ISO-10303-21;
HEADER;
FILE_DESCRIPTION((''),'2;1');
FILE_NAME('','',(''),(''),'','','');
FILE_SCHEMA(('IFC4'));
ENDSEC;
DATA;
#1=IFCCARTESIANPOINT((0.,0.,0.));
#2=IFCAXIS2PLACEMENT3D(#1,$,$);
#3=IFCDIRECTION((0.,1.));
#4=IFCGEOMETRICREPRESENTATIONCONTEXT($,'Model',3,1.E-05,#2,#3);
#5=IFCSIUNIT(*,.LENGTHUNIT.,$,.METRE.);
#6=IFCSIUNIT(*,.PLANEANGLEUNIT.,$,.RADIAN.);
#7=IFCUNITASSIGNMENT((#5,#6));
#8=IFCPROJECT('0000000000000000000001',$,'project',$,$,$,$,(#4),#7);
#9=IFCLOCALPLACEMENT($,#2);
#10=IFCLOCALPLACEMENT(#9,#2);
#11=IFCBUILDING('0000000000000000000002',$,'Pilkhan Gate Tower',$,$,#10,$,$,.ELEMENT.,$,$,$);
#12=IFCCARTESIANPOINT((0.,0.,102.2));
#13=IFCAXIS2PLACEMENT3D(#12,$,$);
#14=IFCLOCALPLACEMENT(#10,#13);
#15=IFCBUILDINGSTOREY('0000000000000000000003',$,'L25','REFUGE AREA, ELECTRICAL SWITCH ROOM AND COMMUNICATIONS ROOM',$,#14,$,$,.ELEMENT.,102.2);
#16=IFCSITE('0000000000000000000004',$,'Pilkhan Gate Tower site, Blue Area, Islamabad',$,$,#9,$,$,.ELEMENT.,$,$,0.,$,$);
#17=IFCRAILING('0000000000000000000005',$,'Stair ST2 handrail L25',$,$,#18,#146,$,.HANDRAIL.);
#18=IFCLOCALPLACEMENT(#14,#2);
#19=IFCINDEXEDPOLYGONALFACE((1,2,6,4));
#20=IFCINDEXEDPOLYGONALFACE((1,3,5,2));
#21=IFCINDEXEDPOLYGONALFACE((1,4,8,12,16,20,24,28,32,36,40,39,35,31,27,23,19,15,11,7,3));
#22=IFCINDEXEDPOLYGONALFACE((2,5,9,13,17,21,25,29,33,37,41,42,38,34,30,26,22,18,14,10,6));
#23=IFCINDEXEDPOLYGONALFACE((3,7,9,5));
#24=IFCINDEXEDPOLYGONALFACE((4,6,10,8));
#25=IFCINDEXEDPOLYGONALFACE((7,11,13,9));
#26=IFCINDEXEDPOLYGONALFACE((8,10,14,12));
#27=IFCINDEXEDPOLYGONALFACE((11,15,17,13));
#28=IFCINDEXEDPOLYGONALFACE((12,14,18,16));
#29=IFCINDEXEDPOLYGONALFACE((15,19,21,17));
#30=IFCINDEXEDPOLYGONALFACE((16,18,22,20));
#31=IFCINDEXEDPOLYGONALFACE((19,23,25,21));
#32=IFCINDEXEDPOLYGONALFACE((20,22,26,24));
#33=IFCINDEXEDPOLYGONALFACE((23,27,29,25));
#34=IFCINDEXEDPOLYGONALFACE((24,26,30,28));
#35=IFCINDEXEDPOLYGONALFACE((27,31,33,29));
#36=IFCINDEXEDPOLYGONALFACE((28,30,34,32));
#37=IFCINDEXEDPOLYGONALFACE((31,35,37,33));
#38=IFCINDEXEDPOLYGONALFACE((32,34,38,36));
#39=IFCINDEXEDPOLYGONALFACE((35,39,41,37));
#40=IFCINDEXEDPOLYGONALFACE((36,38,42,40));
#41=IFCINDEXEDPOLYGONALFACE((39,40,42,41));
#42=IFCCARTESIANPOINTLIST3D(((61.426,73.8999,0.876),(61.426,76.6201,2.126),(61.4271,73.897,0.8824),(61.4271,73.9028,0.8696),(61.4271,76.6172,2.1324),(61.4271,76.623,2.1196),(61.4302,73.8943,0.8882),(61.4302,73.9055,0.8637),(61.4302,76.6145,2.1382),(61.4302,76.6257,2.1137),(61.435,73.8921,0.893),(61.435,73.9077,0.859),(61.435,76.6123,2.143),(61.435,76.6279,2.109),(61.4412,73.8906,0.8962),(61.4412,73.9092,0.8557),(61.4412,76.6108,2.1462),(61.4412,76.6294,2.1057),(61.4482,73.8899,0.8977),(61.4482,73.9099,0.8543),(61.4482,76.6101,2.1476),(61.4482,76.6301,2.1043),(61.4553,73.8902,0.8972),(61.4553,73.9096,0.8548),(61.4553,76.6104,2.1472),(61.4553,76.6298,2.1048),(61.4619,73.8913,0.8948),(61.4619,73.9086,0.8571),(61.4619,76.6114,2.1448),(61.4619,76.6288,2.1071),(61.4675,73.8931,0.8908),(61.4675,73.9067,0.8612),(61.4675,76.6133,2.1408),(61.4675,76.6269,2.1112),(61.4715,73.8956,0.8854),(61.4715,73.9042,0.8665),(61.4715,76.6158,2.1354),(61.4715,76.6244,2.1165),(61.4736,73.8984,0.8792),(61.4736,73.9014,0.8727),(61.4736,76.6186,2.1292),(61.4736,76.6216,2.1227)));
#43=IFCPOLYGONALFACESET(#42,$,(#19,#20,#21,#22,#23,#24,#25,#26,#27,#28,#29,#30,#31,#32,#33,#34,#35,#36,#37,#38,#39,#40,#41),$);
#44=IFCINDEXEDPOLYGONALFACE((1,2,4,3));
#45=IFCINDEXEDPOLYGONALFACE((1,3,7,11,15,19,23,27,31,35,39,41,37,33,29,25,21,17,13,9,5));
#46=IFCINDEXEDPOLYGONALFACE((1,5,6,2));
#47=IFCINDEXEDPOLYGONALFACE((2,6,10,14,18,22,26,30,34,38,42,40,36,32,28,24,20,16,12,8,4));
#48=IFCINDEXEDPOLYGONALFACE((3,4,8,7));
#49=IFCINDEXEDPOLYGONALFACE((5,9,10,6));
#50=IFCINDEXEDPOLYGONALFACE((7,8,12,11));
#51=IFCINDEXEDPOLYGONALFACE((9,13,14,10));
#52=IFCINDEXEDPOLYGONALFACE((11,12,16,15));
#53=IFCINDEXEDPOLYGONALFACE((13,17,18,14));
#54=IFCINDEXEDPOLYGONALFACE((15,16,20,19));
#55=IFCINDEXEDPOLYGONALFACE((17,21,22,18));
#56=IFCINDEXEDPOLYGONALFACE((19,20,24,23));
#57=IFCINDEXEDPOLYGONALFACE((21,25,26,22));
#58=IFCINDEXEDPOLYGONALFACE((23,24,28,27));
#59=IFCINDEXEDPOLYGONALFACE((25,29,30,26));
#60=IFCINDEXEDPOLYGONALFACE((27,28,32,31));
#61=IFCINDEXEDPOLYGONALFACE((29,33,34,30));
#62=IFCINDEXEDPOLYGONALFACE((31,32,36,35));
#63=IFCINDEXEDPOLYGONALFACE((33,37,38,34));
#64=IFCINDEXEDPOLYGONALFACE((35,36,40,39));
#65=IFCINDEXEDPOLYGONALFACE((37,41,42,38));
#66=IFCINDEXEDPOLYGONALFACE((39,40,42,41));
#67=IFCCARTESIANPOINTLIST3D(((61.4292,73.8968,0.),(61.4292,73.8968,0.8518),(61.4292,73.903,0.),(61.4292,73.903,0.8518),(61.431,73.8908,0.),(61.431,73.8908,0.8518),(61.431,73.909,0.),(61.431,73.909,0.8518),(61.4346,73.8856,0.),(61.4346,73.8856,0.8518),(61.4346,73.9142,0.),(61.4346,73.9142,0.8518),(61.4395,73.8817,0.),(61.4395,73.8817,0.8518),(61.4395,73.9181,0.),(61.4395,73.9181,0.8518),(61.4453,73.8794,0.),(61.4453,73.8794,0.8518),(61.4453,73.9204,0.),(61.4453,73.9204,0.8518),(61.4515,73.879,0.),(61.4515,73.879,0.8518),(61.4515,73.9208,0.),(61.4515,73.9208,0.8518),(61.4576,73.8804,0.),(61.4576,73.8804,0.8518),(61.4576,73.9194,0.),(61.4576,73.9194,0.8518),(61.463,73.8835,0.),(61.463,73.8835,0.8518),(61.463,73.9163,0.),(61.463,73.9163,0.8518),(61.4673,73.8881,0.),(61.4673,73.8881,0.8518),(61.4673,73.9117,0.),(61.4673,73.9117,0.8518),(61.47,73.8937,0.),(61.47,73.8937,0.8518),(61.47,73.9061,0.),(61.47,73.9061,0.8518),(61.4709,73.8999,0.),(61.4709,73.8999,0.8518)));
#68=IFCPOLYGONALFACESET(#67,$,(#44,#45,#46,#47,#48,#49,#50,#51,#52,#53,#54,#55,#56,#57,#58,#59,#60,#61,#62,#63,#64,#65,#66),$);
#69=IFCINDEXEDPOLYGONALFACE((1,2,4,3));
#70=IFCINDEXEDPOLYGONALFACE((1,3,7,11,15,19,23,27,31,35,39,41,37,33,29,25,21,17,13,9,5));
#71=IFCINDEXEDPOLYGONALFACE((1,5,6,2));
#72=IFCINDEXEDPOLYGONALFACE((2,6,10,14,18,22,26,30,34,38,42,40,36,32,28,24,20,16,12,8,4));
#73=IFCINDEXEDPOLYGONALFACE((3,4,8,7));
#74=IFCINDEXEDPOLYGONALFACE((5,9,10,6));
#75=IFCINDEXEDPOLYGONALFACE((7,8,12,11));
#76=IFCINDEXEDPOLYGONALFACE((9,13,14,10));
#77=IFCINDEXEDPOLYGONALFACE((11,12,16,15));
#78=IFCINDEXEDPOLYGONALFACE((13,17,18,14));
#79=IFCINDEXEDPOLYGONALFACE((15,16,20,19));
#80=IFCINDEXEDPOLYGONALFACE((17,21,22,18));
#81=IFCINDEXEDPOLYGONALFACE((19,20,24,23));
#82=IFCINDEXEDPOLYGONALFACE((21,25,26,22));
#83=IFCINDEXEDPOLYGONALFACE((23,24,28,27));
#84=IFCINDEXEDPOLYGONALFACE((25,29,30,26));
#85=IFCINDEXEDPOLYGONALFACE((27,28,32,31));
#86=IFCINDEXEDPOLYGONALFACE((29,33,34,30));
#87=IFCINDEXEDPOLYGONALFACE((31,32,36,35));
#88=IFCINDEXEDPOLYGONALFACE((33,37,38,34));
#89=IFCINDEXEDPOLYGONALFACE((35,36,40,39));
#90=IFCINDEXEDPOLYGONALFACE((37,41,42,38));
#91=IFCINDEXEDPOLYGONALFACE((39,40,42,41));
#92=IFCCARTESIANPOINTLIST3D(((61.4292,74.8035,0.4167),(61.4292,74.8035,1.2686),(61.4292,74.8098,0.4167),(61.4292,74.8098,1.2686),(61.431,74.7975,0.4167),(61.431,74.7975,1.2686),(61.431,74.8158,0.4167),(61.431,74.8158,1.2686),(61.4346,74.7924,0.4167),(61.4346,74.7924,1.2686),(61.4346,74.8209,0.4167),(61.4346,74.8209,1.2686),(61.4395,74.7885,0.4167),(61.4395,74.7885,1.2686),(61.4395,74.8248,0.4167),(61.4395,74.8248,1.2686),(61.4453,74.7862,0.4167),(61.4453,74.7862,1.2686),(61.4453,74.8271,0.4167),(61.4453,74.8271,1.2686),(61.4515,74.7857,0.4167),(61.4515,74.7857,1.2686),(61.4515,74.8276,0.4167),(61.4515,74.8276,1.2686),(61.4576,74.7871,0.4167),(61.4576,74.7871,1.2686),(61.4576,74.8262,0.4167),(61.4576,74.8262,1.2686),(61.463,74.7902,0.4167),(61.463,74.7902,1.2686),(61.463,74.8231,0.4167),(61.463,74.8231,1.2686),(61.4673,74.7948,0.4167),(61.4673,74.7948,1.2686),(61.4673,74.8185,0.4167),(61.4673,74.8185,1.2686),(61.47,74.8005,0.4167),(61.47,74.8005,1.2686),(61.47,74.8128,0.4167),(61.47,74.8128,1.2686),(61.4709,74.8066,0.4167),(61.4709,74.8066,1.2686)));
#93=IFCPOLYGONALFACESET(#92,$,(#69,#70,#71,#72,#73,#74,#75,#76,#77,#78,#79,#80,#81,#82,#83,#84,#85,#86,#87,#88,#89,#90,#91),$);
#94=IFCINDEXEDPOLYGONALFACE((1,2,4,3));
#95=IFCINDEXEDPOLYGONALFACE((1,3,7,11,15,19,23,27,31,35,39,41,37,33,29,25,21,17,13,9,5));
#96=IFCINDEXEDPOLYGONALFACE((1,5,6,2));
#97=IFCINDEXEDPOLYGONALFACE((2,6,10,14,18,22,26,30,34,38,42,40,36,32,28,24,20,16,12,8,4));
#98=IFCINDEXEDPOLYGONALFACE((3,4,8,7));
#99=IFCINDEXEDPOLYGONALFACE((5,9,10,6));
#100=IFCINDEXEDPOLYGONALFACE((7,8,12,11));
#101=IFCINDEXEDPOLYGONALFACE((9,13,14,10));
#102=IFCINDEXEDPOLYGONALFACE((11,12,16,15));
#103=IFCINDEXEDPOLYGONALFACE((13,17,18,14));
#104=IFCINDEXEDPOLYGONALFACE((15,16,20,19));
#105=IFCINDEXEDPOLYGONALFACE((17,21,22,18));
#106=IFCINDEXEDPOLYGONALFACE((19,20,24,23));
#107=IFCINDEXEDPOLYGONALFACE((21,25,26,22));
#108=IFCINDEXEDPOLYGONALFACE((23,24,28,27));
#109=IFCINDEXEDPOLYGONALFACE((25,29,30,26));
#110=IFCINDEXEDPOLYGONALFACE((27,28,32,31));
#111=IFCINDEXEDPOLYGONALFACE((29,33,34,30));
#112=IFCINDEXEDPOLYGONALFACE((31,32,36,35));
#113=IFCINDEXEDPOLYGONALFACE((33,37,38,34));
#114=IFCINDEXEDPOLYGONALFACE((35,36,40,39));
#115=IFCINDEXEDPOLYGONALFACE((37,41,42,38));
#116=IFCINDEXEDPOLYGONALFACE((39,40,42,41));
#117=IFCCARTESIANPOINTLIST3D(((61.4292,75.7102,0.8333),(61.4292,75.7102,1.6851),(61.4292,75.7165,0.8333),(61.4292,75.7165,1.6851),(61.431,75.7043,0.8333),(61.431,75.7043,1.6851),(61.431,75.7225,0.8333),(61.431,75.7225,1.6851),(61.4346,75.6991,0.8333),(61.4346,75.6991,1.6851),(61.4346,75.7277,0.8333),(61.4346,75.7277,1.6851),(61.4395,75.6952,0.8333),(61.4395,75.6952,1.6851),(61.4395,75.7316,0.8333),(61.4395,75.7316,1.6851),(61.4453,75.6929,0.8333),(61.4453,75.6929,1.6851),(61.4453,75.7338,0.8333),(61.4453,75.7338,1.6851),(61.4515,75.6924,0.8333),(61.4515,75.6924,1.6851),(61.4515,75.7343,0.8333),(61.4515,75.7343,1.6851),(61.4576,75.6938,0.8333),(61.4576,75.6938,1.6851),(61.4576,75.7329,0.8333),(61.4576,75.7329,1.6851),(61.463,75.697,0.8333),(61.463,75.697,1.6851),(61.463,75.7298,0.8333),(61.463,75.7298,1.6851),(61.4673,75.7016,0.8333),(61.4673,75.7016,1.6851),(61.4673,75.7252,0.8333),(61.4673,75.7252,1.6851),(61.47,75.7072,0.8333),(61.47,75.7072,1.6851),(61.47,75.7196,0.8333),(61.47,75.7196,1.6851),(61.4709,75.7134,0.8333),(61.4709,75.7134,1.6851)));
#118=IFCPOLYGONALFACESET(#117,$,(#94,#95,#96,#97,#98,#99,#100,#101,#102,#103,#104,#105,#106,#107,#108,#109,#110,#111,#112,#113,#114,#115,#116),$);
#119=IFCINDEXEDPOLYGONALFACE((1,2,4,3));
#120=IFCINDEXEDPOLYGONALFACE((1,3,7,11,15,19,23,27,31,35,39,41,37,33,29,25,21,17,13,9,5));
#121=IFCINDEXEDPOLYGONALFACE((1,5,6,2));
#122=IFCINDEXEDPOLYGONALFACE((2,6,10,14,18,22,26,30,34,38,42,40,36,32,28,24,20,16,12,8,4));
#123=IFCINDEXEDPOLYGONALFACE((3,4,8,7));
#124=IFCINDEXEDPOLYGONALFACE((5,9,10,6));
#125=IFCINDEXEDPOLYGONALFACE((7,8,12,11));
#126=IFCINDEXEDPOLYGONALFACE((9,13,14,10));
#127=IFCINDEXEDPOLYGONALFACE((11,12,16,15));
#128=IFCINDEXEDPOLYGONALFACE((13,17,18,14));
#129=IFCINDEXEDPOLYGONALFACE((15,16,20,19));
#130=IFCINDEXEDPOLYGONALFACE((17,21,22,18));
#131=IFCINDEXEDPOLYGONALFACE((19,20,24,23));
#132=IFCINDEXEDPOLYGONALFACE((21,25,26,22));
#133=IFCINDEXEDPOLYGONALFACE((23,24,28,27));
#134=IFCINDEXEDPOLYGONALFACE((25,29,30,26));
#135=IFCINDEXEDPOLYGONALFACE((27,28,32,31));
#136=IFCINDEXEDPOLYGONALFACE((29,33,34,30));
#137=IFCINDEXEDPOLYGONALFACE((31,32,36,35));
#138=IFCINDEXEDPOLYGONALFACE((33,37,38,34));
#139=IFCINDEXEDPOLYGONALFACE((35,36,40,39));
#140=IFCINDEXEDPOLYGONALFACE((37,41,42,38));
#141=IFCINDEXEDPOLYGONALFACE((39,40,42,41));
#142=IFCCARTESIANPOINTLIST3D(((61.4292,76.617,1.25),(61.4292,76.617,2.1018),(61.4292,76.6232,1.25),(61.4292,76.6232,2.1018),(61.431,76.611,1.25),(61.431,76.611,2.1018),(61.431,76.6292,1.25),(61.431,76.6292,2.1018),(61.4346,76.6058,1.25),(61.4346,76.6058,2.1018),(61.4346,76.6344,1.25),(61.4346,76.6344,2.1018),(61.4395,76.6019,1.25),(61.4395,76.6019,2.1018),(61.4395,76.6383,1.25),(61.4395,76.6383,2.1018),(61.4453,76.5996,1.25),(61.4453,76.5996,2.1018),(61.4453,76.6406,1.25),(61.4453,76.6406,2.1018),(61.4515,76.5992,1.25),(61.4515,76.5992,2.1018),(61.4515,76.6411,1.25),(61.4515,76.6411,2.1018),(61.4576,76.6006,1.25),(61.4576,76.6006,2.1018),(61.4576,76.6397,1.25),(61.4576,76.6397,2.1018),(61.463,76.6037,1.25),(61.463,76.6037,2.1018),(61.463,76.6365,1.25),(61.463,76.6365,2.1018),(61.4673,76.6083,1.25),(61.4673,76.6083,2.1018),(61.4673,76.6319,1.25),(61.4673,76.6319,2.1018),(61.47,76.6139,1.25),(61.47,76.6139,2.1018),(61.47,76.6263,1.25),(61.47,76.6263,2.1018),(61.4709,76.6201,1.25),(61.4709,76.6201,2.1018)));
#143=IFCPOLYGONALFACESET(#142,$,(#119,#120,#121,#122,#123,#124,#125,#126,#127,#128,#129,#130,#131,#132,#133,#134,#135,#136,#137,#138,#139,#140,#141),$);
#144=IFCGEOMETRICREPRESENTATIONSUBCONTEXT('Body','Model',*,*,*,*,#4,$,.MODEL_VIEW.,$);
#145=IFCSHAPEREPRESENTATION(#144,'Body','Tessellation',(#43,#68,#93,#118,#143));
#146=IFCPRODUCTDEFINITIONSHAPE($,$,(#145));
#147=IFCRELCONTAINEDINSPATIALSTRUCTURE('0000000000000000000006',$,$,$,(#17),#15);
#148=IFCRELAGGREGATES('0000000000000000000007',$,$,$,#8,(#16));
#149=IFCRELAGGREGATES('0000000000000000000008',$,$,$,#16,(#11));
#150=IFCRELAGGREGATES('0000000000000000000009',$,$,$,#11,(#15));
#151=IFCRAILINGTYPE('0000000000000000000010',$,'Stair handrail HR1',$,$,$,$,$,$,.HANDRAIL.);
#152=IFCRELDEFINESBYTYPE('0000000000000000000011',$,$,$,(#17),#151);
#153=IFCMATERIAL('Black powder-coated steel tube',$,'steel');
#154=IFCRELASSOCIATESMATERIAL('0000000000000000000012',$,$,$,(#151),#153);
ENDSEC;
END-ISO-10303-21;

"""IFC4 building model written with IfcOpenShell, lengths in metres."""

from ifc_helpers import new_model, si_unit, direction, frame, origin, origin_2d, place, context, subcontext, project, spatial, circle, extrude, material, type_object, element, save


model = new_model("IFC4")

# Units and contexts
model_context = context("Model", 3, precision=1e-05, world=origin(), true_north=direction((0.0, 1.0)))
body_context = subcontext(model_context, "Body", "Model", "MODEL_VIEW")
ifc_project = project(units=[si_unit("LENGTHUNIT", "METRE"), si_unit("PLANEANGLEUNIT", "RADIAN")], contexts=[model_context])

# Site, building, storey
site_placement = place(None, origin())
site = spatial("IfcSite", under=ifc_project, at=site_placement, Name="Pilkhan Gate Tower site, Blue Area, Islamabad", CompositionType="ELEMENT", RefElevation=0.0)
building_placement = place(site_placement, origin())
building = spatial("IfcBuilding", under=site, at=building_placement, Name="Pilkhan Gate Tower", CompositionType="ELEMENT")
storey_placement = place(building_placement, frame((0.0, 0.0, 102.2)))
storey = spatial("IfcBuildingStorey", under=building, at=storey_placement, Name="L25", Description="REFUGE AREA, ELECTRICAL SWITCH ROOM AND COMMUNICATIONS ROOM", CompositionType="ELEMENT", Elevation=102.2)

# Railing
ifc_material_1 = material(Name="Black powder-coated steel tube", Category="steel")
railing_type_1 = type_object("IfcRailingType", Name="Stair handrail HR1", PredefinedType="HANDRAIL", material=ifc_material_1)
railing_1_placement = place(storey_placement, frame((61.45, 73.8999, 0.0)))
element("IfcRailing", 1, at=railing_1_placement, inside=storey, type_object=railing_type_1, Name="Stair ST2 handrail L25", PredefinedType="HANDRAIL", context=body_context, shape_type="SweptSolid", body=[
    extrude(circle(Radius=0.0239, at=origin_2d()), frame((0.0, 0.0, 0.876), z_axis=(0.0, 0.908655, 0.417547), x_axis=(-1.0, 0.0, 0.0)), (0.0, 0.0, 1.0), 2.9937),
    extrude(circle(Radius=0.021, at=origin_2d()), origin(), (0.0, 0.0, 1.0), 0.8518),
    extrude(circle(Radius=0.021, at=origin_2d()), frame((0.0, 0.9067, 0.4167)), (0.0, 0.0, 1.0), 0.8518),
    extrude(circle(Radius=0.021, at=origin_2d()), frame((0.0, 1.8135, 0.8333)), (0.0, 0.0, 1.0), 0.8518),
    extrude(circle(Radius=0.021, at=origin_2d()), frame((0.0, 2.7202, 1.25)), (0.0, 0.0, 1.0), 0.8518),
])

save(model, "model.ifc")
